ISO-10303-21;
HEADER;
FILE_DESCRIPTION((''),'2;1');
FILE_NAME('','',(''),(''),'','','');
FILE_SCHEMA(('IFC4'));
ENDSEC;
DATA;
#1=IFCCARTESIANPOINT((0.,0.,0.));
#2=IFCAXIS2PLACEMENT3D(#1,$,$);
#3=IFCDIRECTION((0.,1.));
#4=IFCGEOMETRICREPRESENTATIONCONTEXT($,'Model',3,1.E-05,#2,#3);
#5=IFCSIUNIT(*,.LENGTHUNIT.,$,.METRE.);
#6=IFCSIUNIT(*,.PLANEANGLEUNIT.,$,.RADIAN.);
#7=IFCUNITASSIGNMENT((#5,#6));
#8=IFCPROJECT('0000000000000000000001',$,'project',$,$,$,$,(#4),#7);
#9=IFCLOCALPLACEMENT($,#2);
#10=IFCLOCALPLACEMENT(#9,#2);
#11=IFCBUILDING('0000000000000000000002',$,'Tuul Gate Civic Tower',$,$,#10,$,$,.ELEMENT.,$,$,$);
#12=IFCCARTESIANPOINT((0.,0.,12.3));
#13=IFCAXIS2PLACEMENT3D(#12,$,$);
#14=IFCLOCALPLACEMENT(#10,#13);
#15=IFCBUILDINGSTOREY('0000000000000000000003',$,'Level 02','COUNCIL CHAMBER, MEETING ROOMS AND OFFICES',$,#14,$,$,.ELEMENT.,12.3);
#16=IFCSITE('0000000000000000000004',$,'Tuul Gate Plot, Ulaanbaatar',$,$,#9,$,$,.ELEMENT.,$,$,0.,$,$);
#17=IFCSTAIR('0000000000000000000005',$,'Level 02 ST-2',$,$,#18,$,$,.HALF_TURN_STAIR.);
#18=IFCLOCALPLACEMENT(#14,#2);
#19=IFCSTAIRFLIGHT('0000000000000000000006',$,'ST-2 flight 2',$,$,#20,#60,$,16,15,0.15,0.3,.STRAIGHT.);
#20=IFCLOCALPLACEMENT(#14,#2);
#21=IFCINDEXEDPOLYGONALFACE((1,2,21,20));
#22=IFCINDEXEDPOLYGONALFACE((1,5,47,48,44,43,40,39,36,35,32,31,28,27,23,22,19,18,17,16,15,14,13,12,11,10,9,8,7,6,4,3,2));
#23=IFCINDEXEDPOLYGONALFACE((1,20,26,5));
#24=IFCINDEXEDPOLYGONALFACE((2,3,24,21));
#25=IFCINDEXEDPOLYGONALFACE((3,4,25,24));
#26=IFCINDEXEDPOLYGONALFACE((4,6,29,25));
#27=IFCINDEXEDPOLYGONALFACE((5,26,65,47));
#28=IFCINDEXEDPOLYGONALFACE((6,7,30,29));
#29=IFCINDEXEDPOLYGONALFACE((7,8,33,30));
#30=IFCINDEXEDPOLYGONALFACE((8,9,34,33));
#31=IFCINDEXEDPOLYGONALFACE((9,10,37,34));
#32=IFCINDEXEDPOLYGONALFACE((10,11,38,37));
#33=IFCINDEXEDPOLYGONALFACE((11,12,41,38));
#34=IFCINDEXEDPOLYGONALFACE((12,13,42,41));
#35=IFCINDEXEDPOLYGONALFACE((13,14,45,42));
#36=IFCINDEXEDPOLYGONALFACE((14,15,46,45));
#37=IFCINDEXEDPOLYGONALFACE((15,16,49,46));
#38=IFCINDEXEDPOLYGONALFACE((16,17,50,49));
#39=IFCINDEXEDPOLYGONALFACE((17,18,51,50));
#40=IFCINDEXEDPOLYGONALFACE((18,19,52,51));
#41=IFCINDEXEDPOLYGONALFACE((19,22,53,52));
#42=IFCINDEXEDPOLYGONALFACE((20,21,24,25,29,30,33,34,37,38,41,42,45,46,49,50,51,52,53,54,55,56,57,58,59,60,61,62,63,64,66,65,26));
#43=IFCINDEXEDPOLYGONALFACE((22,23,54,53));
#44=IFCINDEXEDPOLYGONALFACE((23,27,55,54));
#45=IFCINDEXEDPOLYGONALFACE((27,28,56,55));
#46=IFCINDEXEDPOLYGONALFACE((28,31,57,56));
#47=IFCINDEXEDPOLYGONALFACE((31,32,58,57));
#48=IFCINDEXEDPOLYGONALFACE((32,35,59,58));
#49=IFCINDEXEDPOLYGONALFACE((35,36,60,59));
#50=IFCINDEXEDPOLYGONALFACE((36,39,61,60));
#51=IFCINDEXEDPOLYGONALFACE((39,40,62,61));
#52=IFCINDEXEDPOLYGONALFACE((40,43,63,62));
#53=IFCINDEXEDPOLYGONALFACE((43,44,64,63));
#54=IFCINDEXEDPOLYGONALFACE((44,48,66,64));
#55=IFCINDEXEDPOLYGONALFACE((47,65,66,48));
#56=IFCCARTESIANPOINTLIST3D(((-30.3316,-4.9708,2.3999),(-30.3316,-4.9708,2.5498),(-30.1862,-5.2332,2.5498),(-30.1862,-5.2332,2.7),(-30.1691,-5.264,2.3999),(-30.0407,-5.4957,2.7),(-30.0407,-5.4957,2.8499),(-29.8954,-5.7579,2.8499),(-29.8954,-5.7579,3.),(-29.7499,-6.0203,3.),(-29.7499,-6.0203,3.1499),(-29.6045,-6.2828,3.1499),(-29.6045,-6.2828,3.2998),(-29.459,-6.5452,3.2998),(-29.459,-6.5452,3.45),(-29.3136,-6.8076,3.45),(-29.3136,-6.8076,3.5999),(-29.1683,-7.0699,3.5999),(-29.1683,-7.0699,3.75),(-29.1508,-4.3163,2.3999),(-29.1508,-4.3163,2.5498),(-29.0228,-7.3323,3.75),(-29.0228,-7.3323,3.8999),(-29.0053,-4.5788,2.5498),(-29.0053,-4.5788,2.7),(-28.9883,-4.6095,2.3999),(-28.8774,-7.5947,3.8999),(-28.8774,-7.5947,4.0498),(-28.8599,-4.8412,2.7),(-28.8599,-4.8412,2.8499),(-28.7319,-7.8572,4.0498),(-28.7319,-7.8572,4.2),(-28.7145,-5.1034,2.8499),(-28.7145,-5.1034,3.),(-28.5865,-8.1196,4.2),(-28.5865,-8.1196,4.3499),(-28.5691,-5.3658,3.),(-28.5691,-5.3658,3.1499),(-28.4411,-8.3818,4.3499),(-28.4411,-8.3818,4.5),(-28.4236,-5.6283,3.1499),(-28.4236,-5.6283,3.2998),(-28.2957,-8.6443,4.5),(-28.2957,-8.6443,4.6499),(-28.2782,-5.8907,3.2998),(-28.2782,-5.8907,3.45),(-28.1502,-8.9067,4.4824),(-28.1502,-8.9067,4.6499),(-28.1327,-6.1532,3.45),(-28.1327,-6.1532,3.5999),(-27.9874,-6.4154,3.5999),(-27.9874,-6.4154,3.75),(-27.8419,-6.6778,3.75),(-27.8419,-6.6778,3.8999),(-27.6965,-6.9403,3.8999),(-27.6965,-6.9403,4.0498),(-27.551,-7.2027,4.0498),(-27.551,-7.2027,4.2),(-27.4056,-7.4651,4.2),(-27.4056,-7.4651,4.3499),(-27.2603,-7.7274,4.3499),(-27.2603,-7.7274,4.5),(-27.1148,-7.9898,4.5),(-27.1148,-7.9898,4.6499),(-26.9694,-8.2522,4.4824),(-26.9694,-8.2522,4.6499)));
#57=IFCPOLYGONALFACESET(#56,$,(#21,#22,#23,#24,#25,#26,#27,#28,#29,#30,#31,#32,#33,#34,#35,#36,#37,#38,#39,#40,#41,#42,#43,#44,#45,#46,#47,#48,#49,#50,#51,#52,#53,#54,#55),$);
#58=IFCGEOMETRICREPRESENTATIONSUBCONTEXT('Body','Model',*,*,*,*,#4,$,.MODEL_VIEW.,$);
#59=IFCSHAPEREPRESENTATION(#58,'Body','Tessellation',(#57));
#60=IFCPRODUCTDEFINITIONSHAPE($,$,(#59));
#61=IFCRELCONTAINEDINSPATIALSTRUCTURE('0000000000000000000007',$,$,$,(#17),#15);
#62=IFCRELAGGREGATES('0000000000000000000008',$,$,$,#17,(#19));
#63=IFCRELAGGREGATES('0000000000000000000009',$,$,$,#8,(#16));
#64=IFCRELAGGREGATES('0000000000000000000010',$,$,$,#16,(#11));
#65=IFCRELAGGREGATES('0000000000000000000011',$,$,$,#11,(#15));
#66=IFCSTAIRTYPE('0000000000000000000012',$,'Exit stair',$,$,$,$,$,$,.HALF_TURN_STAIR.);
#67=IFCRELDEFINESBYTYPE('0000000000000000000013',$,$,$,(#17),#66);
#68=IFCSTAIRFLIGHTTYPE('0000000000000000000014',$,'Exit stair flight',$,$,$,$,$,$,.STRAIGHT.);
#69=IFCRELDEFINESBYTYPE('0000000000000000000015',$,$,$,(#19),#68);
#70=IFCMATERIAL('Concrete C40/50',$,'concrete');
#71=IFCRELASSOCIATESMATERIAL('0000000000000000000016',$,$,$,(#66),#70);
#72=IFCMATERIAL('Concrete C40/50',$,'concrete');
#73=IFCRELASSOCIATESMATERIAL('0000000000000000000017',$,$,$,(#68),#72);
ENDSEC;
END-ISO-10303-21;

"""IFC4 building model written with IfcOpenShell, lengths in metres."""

from ifc_helpers import new_model, si_unit, direction, frame, origin, place, context, subcontext, project, spatial, polyline, outline, extrude, material, type_object, element, aggregate, save


model = new_model("IFC4")

# Units and contexts
model_context = context("Model", 3, precision=1e-05, world=origin(), true_north=direction((0.0, 1.0)))
body_context = subcontext(model_context, "Body", "Model", "MODEL_VIEW")
ifc_project = project(units=[si_unit("LENGTHUNIT", "METRE"), si_unit("PLANEANGLEUNIT", "RADIAN")], contexts=[model_context])

# Site, building, storey
site_placement = place(None, origin())
site = spatial("IfcSite", under=ifc_project, at=site_placement, Name="Tuul Gate Plot, Ulaanbaatar", CompositionType="ELEMENT", RefElevation=0.0)
building_placement = place(site_placement, origin())
building = spatial("IfcBuilding", under=site, at=building_placement, Name="Tuul Gate Civic Tower", CompositionType="ELEMENT")
storey_placement = place(building_placement, frame((0.0, 0.0, 12.3)))
storey = spatial("IfcBuildingStorey", under=building, at=storey_placement, Name="Level 02", Description="COUNCIL CHAMBER, MEETING ROOMS AND OFFICES", CompositionType="ELEMENT", Elevation=12.3)

# Stair, stair flight
ifc_material_1 = material(Name="Concrete C40/50", Category="concrete")
stair_type = type_object("IfcStairType", Name="Exit stair", PredefinedType="HALF_TURN_STAIR", material=ifc_material_1)
stair_placement = place(storey_placement, origin())
stair = element("IfcStair", 1, at=stair_placement, inside=storey, type_object=stair_type, Name="Level 02 ST-2", PredefinedType="HALF_TURN_STAIR")
ifc_material_2 = material(Name="Concrete C40/50", Category="concrete")
stair_flight_type = type_object("IfcStairFlightType", Name="Exit stair flight", PredefinedType="STRAIGHT", material=ifc_material_2)
stair_flight_1_placement = place(storey_placement, frame((-29.7412, -4.6436, 2.3999), z_axis=(0.0, 0.0, 1.0), x_axis=(0.484762, -0.874646, 0.0)))
stair_flight_1 = element("IfcStairFlight", 2, at=stair_flight_1_placement, type_object=stair_flight_type, Name="ST-2 flight 2", NumberOfRisers=16, NumberOfTreads=15, PredefinedType="STRAIGHT", RiserHeight=0.15, TreadLength=0.3, context=body_context, shape_type="SweptSolid", body=[
    extrude(outline(polyline([(0.0, 0.0), (0.0, 0.1499), (0.3, 0.1499), (0.3, 0.3), (0.6001, 0.3), (0.6001, 0.45), (0.8999, 0.45), (0.8999, 0.6001), (1.2, 0.6001), (1.2, 0.75), (1.5, 0.75), (1.5, 0.8999), (1.8, 0.8999), (1.8, 1.05), (2.1001, 1.05), (2.1001, 1.2), (2.3999, 1.2), (2.3999, 1.3501), (2.7, 1.3501), (2.7, 1.5), (3.0, 1.5), (3.0, 1.6499), (3.3, 1.6499), (3.3, 1.8), (3.6001, 1.8), (3.6001, 1.95), (3.8999, 1.95), (3.8999, 2.1001), (4.2, 2.1001), (4.2, 2.25), (4.5, 2.25), (4.5, 2.3999), (4.5, 2.0825), (0.3352, 0.0), (0.0, 0.0)])), frame((0.0, 0.675, 0.0), z_axis=(0.0, -1.0, 0.0), x_axis=(1.0, 0.0, 0.0)), (0.0, 0.0, 1.0), 1.3501),
])
aggregate(stair, [stair_flight_1])

save(model, "model.ifc")
